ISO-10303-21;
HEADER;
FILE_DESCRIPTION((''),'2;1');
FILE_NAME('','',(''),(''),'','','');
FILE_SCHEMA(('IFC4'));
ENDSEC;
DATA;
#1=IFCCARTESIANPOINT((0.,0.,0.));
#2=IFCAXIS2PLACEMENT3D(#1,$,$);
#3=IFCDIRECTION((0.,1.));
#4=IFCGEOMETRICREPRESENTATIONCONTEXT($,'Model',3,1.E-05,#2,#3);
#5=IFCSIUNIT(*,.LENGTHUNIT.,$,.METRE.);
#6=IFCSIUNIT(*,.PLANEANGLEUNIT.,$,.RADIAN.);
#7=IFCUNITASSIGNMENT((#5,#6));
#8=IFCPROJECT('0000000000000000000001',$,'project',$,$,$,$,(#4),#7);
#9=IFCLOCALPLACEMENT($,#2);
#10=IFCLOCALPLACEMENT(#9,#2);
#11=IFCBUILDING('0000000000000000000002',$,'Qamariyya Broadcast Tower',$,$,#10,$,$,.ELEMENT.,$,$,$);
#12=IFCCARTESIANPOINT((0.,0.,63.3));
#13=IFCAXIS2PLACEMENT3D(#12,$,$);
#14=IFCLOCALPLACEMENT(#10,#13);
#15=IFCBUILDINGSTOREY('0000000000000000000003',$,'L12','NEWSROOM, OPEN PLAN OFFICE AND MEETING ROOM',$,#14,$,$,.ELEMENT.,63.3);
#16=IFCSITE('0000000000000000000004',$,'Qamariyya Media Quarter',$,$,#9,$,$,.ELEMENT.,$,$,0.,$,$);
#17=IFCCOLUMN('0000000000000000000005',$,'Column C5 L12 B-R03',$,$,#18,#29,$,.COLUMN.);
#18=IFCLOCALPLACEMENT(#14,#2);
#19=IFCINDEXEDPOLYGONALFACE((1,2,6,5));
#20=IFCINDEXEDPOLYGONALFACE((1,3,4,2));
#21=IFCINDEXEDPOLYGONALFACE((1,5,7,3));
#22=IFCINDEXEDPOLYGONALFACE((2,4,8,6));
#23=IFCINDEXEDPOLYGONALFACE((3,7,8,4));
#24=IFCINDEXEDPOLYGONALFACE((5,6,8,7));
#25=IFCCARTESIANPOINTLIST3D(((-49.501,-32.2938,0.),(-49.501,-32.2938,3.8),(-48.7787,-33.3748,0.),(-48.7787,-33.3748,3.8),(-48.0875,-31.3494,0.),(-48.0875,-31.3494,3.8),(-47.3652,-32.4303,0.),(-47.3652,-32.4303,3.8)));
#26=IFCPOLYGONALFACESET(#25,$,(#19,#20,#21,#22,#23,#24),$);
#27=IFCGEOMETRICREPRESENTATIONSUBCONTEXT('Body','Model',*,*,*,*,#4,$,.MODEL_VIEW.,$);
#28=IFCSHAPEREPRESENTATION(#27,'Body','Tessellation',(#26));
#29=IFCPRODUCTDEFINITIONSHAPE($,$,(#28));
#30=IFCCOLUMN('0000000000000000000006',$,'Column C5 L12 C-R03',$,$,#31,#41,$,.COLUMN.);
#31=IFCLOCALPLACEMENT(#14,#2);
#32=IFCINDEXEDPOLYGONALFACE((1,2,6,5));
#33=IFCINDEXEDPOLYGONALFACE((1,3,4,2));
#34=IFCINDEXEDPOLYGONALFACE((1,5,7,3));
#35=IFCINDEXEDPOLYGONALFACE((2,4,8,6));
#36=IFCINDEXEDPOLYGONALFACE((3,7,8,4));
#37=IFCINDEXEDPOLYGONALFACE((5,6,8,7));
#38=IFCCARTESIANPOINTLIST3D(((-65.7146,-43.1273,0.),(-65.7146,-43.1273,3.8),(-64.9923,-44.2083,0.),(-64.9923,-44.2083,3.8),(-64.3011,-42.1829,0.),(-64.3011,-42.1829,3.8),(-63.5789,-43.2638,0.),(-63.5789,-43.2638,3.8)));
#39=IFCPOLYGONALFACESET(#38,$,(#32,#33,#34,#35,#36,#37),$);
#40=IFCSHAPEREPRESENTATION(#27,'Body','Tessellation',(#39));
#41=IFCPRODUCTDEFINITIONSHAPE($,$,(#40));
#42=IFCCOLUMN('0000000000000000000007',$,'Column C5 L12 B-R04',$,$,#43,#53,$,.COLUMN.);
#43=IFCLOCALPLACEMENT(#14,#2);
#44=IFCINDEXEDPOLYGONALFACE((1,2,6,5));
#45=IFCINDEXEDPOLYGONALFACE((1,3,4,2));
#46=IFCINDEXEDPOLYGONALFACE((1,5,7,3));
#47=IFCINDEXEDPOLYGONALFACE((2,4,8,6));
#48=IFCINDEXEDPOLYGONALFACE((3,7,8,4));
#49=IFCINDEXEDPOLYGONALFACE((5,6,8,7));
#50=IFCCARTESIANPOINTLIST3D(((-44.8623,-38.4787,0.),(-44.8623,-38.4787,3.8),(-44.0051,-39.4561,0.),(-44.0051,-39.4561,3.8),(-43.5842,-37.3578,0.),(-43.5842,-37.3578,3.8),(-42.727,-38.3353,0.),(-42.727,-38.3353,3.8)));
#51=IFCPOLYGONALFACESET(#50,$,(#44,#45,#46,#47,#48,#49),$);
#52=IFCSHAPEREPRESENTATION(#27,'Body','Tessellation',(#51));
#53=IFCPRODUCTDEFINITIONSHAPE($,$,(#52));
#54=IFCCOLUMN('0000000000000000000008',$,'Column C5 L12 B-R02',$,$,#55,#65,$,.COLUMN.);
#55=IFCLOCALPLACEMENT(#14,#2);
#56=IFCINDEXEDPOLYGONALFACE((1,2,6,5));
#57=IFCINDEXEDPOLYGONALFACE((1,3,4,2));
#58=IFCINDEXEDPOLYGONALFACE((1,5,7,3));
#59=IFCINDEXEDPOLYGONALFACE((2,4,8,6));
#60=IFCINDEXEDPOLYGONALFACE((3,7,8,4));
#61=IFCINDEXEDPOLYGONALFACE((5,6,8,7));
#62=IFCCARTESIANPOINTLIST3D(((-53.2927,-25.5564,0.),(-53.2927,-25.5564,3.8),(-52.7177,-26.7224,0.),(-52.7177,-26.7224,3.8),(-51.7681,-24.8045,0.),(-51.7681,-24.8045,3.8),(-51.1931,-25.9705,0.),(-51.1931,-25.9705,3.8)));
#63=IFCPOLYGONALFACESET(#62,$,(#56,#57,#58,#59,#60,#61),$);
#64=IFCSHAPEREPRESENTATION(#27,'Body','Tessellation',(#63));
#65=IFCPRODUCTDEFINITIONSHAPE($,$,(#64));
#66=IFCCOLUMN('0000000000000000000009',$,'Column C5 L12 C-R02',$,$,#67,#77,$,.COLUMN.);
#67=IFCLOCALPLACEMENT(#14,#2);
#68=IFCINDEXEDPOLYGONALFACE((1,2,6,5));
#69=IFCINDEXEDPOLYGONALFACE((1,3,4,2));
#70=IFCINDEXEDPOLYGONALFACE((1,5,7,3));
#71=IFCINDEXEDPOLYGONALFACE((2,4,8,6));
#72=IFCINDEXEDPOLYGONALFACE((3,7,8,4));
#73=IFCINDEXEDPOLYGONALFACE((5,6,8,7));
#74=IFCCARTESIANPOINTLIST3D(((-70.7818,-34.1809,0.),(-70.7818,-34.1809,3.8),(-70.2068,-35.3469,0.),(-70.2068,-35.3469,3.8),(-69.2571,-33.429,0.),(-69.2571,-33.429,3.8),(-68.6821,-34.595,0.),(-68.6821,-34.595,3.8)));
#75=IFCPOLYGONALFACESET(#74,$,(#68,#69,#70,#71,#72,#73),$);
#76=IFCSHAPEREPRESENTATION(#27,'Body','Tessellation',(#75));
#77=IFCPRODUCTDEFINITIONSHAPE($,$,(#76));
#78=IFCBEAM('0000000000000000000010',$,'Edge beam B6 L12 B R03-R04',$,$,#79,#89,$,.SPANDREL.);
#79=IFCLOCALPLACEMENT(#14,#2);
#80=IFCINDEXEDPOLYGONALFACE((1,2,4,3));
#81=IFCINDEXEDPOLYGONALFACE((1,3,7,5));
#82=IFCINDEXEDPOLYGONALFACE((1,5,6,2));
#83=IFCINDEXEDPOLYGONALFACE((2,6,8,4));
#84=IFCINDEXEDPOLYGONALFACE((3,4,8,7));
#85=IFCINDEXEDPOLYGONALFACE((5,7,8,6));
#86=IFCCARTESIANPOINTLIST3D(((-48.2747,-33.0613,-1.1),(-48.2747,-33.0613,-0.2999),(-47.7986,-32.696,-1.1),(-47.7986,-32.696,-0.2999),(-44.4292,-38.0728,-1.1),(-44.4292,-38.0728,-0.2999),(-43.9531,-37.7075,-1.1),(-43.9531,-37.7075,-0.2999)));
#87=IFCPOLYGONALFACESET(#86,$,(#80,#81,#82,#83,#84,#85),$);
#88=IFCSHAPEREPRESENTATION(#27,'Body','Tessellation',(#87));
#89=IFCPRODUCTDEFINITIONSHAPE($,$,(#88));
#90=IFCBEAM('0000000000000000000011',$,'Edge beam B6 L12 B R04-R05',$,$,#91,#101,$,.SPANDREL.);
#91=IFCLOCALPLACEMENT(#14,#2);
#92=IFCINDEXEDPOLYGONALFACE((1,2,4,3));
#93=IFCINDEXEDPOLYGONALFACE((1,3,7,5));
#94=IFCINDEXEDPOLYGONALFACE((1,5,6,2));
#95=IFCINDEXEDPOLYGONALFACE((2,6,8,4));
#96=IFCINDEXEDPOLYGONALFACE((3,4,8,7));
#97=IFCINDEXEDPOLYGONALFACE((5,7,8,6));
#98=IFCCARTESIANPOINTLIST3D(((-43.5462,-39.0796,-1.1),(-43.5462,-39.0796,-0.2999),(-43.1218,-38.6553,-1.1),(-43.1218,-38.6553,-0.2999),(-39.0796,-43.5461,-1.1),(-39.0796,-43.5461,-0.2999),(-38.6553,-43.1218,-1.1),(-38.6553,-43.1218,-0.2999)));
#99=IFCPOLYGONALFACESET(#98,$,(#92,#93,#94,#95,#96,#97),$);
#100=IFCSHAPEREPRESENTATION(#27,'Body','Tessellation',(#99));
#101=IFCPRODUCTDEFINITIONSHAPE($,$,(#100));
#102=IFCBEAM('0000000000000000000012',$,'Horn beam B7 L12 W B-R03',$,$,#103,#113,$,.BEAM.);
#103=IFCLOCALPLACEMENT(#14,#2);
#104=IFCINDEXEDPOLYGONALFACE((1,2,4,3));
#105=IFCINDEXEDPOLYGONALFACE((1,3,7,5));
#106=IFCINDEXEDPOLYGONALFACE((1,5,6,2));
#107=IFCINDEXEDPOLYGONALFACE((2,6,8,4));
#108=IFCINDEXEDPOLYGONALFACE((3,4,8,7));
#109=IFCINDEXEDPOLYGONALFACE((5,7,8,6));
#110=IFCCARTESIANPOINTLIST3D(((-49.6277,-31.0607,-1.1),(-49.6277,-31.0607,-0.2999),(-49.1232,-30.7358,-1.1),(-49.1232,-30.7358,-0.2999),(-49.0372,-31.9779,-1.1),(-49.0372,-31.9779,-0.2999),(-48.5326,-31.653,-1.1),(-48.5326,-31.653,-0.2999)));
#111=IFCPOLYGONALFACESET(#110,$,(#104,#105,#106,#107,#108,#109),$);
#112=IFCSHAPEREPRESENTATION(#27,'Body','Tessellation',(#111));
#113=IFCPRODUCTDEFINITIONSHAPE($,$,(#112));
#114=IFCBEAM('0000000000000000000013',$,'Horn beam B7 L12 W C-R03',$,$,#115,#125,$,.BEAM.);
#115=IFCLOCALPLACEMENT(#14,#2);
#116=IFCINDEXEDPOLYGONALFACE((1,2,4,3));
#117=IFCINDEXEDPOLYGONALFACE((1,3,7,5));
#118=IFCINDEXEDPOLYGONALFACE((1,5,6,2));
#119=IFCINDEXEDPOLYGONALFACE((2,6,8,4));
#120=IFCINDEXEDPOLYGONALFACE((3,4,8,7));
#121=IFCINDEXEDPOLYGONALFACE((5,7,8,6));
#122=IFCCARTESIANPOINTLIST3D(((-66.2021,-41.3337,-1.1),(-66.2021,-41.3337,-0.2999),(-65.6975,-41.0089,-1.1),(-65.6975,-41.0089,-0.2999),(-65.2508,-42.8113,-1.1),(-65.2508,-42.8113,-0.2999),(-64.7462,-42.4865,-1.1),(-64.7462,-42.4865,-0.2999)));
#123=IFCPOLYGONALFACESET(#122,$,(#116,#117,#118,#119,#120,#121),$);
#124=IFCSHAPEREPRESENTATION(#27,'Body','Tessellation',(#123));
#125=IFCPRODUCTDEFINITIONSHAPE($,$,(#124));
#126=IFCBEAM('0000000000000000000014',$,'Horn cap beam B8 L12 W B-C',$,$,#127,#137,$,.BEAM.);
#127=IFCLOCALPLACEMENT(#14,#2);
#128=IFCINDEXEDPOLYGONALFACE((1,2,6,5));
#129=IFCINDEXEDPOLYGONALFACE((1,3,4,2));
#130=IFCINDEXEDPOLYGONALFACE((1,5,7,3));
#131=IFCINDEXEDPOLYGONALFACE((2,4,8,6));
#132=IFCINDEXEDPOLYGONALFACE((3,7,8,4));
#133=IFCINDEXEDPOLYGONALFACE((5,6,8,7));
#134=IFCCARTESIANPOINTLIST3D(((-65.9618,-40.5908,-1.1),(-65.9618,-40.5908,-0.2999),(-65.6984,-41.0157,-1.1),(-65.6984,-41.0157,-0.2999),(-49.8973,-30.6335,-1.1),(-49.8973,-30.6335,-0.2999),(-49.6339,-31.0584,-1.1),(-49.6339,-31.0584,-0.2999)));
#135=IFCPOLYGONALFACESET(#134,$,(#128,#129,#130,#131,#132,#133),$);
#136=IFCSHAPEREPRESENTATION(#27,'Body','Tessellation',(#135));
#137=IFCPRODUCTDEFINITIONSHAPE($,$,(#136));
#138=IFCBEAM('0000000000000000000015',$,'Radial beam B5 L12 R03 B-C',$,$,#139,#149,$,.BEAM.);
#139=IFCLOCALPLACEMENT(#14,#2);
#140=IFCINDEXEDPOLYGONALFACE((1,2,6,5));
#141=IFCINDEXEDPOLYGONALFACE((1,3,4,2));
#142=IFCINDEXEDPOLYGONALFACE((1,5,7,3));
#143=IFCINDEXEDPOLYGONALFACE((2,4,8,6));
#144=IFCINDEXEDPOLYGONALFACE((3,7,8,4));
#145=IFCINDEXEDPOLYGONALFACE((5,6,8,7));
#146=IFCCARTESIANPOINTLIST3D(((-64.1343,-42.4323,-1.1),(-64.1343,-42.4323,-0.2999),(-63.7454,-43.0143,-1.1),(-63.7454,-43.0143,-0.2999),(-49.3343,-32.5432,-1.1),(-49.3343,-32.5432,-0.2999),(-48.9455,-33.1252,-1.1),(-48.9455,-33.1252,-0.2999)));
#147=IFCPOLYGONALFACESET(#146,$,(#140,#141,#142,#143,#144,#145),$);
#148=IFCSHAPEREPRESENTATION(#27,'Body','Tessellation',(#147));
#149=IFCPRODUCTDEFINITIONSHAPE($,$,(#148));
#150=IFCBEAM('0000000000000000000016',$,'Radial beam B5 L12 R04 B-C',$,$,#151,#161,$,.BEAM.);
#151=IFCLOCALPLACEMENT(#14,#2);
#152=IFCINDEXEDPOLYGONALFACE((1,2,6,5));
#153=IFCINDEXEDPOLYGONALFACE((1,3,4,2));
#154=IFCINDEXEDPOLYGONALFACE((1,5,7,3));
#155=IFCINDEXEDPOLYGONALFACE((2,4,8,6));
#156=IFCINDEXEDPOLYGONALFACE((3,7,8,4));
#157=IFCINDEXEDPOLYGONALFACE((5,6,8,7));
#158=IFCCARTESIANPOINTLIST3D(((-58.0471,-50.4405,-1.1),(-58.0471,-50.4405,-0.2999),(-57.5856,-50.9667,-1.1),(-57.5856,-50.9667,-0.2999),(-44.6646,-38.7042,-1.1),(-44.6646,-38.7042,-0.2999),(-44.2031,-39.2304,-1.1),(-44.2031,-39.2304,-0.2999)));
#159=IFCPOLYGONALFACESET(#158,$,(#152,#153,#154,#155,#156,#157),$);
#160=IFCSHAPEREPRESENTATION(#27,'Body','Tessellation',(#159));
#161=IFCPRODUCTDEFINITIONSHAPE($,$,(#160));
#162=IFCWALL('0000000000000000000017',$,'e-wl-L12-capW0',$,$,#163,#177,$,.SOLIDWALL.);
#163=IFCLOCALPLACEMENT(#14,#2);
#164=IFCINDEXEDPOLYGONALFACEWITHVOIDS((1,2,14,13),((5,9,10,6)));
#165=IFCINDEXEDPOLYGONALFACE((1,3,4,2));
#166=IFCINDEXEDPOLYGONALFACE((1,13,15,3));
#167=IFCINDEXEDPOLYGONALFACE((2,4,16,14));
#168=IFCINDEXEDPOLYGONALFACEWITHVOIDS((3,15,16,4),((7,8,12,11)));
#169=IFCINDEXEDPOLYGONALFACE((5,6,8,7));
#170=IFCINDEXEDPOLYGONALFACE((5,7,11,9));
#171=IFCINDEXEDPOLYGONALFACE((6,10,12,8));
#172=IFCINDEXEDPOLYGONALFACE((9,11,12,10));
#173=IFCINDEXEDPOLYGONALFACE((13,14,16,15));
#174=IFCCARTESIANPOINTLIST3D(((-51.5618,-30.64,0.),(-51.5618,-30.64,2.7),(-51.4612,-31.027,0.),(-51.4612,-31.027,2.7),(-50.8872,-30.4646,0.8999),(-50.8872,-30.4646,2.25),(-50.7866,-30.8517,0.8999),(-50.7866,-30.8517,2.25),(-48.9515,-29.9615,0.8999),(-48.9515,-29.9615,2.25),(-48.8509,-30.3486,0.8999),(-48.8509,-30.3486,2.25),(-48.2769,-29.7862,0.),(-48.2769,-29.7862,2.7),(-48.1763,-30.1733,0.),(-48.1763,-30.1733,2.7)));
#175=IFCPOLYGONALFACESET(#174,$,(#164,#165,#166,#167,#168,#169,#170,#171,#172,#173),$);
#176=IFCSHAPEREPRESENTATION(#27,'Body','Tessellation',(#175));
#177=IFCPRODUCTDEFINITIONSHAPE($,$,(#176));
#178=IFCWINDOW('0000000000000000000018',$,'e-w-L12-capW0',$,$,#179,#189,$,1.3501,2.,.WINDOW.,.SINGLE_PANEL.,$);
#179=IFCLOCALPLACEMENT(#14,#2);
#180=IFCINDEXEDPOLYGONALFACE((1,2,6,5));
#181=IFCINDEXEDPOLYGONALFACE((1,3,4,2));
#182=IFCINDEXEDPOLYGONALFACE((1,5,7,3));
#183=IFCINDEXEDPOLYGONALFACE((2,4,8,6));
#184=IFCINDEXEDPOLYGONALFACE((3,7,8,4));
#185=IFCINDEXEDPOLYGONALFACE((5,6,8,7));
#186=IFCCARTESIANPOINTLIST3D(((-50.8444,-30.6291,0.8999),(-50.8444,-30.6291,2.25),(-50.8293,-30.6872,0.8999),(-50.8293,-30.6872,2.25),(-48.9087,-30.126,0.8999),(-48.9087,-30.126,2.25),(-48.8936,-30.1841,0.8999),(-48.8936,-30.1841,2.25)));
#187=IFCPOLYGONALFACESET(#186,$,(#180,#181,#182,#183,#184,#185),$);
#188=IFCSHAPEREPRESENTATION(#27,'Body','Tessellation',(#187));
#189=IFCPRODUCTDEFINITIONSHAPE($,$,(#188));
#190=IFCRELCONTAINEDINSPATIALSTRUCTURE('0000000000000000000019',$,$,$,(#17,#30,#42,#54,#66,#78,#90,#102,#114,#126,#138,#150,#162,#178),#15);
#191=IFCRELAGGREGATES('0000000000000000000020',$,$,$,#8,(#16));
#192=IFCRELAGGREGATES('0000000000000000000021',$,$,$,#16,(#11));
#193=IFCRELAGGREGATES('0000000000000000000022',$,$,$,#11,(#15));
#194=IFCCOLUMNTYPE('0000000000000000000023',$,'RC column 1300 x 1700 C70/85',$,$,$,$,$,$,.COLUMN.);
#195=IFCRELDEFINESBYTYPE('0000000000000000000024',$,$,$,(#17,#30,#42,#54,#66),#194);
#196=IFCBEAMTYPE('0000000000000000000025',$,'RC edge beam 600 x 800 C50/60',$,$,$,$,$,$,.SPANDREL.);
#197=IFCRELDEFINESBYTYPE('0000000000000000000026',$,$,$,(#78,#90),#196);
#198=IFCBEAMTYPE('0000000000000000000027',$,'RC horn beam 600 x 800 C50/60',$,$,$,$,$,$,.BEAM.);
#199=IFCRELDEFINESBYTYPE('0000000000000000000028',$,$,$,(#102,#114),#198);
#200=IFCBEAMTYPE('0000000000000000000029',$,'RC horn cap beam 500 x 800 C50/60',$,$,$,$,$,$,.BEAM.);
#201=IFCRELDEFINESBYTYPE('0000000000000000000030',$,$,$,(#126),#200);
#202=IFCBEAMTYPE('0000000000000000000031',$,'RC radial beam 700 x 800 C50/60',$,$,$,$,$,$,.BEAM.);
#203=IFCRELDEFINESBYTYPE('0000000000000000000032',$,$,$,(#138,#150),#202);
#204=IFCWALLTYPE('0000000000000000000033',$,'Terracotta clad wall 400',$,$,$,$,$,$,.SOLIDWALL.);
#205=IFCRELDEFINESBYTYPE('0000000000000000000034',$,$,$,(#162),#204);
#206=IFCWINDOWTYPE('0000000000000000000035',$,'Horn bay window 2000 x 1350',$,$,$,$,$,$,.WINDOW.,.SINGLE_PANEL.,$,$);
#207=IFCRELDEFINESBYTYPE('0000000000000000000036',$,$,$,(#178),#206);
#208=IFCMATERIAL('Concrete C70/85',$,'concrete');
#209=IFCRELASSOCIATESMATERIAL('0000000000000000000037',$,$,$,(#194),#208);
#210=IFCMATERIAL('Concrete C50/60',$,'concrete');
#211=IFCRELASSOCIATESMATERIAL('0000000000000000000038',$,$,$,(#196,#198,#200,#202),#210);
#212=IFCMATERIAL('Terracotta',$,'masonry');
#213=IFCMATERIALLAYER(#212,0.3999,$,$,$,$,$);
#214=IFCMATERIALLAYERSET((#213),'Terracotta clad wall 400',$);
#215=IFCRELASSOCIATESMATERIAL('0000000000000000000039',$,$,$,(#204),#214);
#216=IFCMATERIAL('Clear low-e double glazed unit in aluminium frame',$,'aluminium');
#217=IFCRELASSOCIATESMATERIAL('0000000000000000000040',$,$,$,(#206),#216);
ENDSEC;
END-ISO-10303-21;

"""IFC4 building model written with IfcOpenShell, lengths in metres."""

from ifc_helpers import new_model, si_unit, direction, frame, frame_2d, origin, origin_2d, place, context, subcontext, project, spatial, rectangle, extrude, material, layer, layer_set, material_profile, profile_set, type_object, element, fill, save


model = new_model("IFC4")

# Units and contexts
model_context = context("Model", 3, precision=1e-05, world=origin(), true_north=direction((0.0, 1.0)))
body_context = subcontext(model_context, "Body", "Model", "MODEL_VIEW")
ifc_project = project(units=[si_unit("LENGTHUNIT", "METRE"), si_unit("PLANEANGLEUNIT", "RADIAN")], contexts=[model_context])

# Site, building, storey
site_placement = place(None, origin())
site = spatial("IfcSite", under=ifc_project, at=site_placement, Name="Qamariyya Media Quarter", CompositionType="ELEMENT", RefElevation=0.0)
building_placement = place(site_placement, origin())
building = spatial("IfcBuilding", under=site, at=building_placement, Name="Qamariyya Broadcast Tower", CompositionType="ELEMENT")
storey_placement = place(building_placement, frame((0.0, 0.0, 63.3)))
storey = spatial("IfcBuildingStorey", under=building, at=storey_placement, Name="L12", Description="NEWSROOM, OPEN PLAN OFFICE AND MEETING ROOM", CompositionType="ELEMENT", Elevation=63.3)

# Columns
ifc_material_1 = material(Name="Concrete C70/85", Category="concrete")
ifc_material_profile_1 = material_profile(ifc_material_1, rectangle(XDim=1.3, YDim=1.7, at=origin_2d()))
ifc_profile_set_1 = profile_set([ifc_material_profile_1], Name="Concrete C70/85")
column_type = type_object("IfcColumnType", Name="RC column 1300 x 1700 C70/85", PredefinedType="COLUMN", material=ifc_profile_set_1)
for number, where, z_axis, x_axis, name in (
    (1, (-48.4331, -32.3621, 0.0), (0.0, 0.0, 1.0), (0.55557, -0.83147, 0.0), "Column C5 L12 B-R03"),
    (2, (-64.6467, -43.1956, 0.0), (0.0, 0.0, 1.0), (0.55557, -0.83147, 0.0), "Column C5 L12 C-R03"),
    (3, (-43.7947, -38.407, 0.0), (0.0, 0.0, 1.0), (0.659346, -0.75184, 0.0), "Column C5 L12 B-R04"),
    (4, (-52.2429, -25.7634, 0.0), (0.0, 0.0, 1.0), (0.442289, -0.896873, 0.0), "Column C5 L12 B-R02"),
    (5, (-69.7319, -34.3879, 0.0), (0.0, 0.0, 1.0), (0.442289, -0.896873, 0.0), "Column C5 L12 C-R02"),
):
    element("IfcColumn", number, at=place(storey_placement, frame(where, z_axis=z_axis, x_axis=x_axis)), inside=storey, type_object=column_type, Name=name, PredefinedType="COLUMN", context=body_context, shape_type="SweptSolid", body=[
        extrude(rectangle(XDim=1.3, YDim=1.7, at=origin_2d()), origin(), (0.0, 0.0, 1.0), 3.8),
    ])

# Beams
ifc_material_2 = material(Name="Concrete C50/60", Category="concrete")
ifc_material_profile_2 = material_profile(ifc_material_2, rectangle(XDim=0.6001, YDim=0.8, at=origin_2d()))
ifc_profile_set_2 = profile_set([ifc_material_profile_2], Name="Concrete C50/60")
beam_type_1 = type_object("IfcBeamType", Name="RC edge beam 600 x 800 C50/60", PredefinedType="SPANDREL", material=ifc_profile_set_2)
beam_1_placement = place(storey_placement, frame((-48.0366, -32.8787, -0.7), z_axis=(0.608763, -0.793352, 0.0), x_axis=(0.793352, 0.608763, 0.0)))
element("IfcBeam", 6, at=beam_1_placement, inside=storey, type_object=beam_type_1, Name="Edge beam B6 L12 B R03-R04", PredefinedType="SPANDREL", context=body_context, shape_type="SweptSolid", body=[
    extrude(rectangle(XDim=0.6001, YDim=0.8, at=origin_2d()), origin(), (0.0, 0.0, 1.0), 6.3169),
])
beam_2_placement = place(storey_placement, frame((-43.334, -38.8674, -0.7), z_axis=(0.707107, -0.707107, 0.0), x_axis=(0.707107, 0.707107, 0.0)))
element("IfcBeam", 7, at=beam_2_placement, inside=storey, type_object=beam_type_1, Name="Edge beam B6 L12 B R04-R05", PredefinedType="SPANDREL", context=body_context, shape_type="SweptSolid", body=[
    extrude(rectangle(XDim=0.6001, YDim=0.8, at=origin_2d()), origin(), (0.0, 0.0, 1.0), 6.3167),
])
ifc_material_profile_3 = material_profile(ifc_material_2, rectangle(XDim=0.6001, YDim=0.8, at=origin_2d()))
ifc_profile_set_3 = profile_set([ifc_material_profile_3], Name="Concrete C50/60")
beam_type_2 = type_object("IfcBeamType", Name="RC horn beam 600 x 800 C50/60", PredefinedType="BEAM", material=ifc_profile_set_3)
beam_3_placement = place(storey_placement, frame((-48.7849, -31.8154, -0.7), z_axis=(-0.541357, 0.840793, 0.0), x_axis=(-0.840793, -0.541357, 0.0)))
element("IfcBeam", 8, at=beam_3_placement, inside=storey, type_object=beam_type_2, Name="Horn beam B7 L12 W B-R03", PredefinedType="BEAM", context=body_context, shape_type="SweptSolid", body=[
    extrude(rectangle(XDim=0.6001, YDim=0.8, at=origin_2d()), origin(), (0.0, 0.0, 1.0), 1.0908),
])
beam_4_placement = place(storey_placement, frame((-64.9985, -42.6489, -0.7), z_axis=(-0.541291, 0.840835, 0.0), x_axis=(-0.840835, -0.541291, 0.0)))
element("IfcBeam", 9, at=beam_4_placement, inside=storey, type_object=beam_type_2, Name="Horn beam B7 L12 W C-R03", PredefinedType="BEAM", context=body_context, shape_type="SweptSolid", body=[
    extrude(rectangle(XDim=0.6001, YDim=0.8, at=origin_2d()), origin(), (0.0, 0.0, 1.0), 1.7573),
])
ifc_material_profile_4 = material_profile(ifc_material_2, rectangle(XDim=0.5, YDim=0.8, at=origin_2d()))
ifc_profile_set_4 = profile_set([ifc_material_profile_4], Name="Concrete C50/60")
beam_type_3 = type_object("IfcBeamType", Name="RC horn cap beam 500 x 800 C50/60", PredefinedType="BEAM", material=ifc_profile_set_4)
beam_5_placement = place(storey_placement, frame((-49.7656, -30.8459, -0.7), z_axis=(-0.849966, -0.526837, 0.0), x_axis=(0.526837, -0.849966, 0.0)))
element("IfcBeam", 10, at=beam_5_placement, inside=storey, type_object=beam_type_3, Name="Horn cap beam B8 L12 W B-C", PredefinedType="BEAM", context=body_context, shape_type="SweptSolid", body=[
    extrude(rectangle(XDim=0.5, YDim=0.8, at=origin_2d()), origin(), (0.0, 0.0, 1.0), 18.9001),
])
ifc_material_profile_5 = material_profile(ifc_material_2, rectangle(XDim=0.7, YDim=0.8, at=origin_2d()))
ifc_profile_set_5 = profile_set([ifc_material_profile_5], Name="Concrete C50/60")
beam_type_4 = type_object("IfcBeamType", Name="RC radial beam 700 x 800 C50/60", PredefinedType="BEAM", material=ifc_profile_set_5)
for number, where, z_axis, x_axis, name in (
    (11, (-49.1399, -32.8342, -0.7), (-0.831467, -0.555573, 0.0), (0.555573, -0.831467, 0.0), "Radial beam B5 L12 R03 B-C"),
    (12, (-44.4338, -38.9673, -0.7), (-0.751836, -0.65935, 0.0), (0.65935, -0.751836, 0.0), "Radial beam B5 L12 R04 B-C"),
):
    element("IfcBeam", number, at=place(storey_placement, frame(where, z_axis=z_axis, x_axis=x_axis)), inside=storey, type_object=beam_type_4, Name=name, PredefinedType="BEAM", context=body_context, shape_type="SweptSolid", body=[
        extrude(rectangle(XDim=0.7, YDim=0.8, at=origin_2d()), origin(), (0.0, 0.0, 1.0), 17.7998),
    ])

# Wall, opening, window
ifc_material_3 = material(Name="Terracotta", Category="masonry")
ifc_layer = layer(ifc_material_3, 0.3999)
ifc_layer_set = layer_set([ifc_layer], Name="Terracotta clad wall 400")
wall_type = type_object("IfcWallType", Name="Terracotta clad wall 400", PredefinedType="SOLIDWALL", material=ifc_layer_set)
wall_1_placement = place(storey_placement, frame((-48.2266, -29.9797, 0.0), z_axis=(0.0, 0.0, 1.0), x_axis=(-0.967845, -0.251546, 0.0)))
wall_1 = element("IfcWall", 13, at=wall_1_placement, inside=storey, type_object=wall_type, Name="e-wl-L12-capW0", PredefinedType="SOLIDWALL", context=body_context, shape_type="SweptSolid", body=[
    extrude(rectangle(XDim=3.394, YDim=0.3999, at=frame_2d((1.697, 0.0))), origin(), (0.0, 0.0, 1.0), 2.7),
])
opening_1_placement = place(wall_1_placement, frame((0.697, 0.0, 0.8999)))
opening_1 = element("IfcOpeningElement", 14, at=opening_1_placement, cuts=wall_1, PredefinedType="OPENING", context=body_context, shape_type="SweptSolid", body=[
    extrude(rectangle(XDim=2.0, YDim=1.3501, at=frame_2d((1.0, 0.675))), frame((0.0, 0.21, 0.0), z_axis=(0.0, -1.0, 0.0), x_axis=(1.0, 0.0, 0.0)), (0.0, 0.0, 1.0), 0.4199),
])
ifc_material_4 = material(Name="Clear low-e double glazed unit in aluminium frame", Category="aluminium")
window_type_1 = type_object("IfcWindowType", Name="Horn bay window 2000 x 1350", PartitioningType="SINGLE_PANEL", PredefinedType="WINDOW", material=ifc_material_4)
window_1_placement = place(opening_1_placement, origin())
window_1 = element("IfcWindow", 15, at=window_1_placement, inside=storey, type_object=window_type_1, Name="e-w-L12-capW0", OverallHeight=1.3501, OverallWidth=2.0, PartitioningType="SINGLE_PANEL", PredefinedType="WINDOW", context=body_context, shape_type="SweptSolid", body=[
    extrude(rectangle(XDim=2.0, YDim=1.3501, at=frame_2d((1.0, 0.675))), frame((0.0, 0.03, 0.0), z_axis=(0.0, -1.0, 0.0), x_axis=(1.0, 0.0, 0.0)), (0.0, 0.0, 1.0), 0.0601),
])
fill(opening_1, window_1)

save(model, "model.ifc")
